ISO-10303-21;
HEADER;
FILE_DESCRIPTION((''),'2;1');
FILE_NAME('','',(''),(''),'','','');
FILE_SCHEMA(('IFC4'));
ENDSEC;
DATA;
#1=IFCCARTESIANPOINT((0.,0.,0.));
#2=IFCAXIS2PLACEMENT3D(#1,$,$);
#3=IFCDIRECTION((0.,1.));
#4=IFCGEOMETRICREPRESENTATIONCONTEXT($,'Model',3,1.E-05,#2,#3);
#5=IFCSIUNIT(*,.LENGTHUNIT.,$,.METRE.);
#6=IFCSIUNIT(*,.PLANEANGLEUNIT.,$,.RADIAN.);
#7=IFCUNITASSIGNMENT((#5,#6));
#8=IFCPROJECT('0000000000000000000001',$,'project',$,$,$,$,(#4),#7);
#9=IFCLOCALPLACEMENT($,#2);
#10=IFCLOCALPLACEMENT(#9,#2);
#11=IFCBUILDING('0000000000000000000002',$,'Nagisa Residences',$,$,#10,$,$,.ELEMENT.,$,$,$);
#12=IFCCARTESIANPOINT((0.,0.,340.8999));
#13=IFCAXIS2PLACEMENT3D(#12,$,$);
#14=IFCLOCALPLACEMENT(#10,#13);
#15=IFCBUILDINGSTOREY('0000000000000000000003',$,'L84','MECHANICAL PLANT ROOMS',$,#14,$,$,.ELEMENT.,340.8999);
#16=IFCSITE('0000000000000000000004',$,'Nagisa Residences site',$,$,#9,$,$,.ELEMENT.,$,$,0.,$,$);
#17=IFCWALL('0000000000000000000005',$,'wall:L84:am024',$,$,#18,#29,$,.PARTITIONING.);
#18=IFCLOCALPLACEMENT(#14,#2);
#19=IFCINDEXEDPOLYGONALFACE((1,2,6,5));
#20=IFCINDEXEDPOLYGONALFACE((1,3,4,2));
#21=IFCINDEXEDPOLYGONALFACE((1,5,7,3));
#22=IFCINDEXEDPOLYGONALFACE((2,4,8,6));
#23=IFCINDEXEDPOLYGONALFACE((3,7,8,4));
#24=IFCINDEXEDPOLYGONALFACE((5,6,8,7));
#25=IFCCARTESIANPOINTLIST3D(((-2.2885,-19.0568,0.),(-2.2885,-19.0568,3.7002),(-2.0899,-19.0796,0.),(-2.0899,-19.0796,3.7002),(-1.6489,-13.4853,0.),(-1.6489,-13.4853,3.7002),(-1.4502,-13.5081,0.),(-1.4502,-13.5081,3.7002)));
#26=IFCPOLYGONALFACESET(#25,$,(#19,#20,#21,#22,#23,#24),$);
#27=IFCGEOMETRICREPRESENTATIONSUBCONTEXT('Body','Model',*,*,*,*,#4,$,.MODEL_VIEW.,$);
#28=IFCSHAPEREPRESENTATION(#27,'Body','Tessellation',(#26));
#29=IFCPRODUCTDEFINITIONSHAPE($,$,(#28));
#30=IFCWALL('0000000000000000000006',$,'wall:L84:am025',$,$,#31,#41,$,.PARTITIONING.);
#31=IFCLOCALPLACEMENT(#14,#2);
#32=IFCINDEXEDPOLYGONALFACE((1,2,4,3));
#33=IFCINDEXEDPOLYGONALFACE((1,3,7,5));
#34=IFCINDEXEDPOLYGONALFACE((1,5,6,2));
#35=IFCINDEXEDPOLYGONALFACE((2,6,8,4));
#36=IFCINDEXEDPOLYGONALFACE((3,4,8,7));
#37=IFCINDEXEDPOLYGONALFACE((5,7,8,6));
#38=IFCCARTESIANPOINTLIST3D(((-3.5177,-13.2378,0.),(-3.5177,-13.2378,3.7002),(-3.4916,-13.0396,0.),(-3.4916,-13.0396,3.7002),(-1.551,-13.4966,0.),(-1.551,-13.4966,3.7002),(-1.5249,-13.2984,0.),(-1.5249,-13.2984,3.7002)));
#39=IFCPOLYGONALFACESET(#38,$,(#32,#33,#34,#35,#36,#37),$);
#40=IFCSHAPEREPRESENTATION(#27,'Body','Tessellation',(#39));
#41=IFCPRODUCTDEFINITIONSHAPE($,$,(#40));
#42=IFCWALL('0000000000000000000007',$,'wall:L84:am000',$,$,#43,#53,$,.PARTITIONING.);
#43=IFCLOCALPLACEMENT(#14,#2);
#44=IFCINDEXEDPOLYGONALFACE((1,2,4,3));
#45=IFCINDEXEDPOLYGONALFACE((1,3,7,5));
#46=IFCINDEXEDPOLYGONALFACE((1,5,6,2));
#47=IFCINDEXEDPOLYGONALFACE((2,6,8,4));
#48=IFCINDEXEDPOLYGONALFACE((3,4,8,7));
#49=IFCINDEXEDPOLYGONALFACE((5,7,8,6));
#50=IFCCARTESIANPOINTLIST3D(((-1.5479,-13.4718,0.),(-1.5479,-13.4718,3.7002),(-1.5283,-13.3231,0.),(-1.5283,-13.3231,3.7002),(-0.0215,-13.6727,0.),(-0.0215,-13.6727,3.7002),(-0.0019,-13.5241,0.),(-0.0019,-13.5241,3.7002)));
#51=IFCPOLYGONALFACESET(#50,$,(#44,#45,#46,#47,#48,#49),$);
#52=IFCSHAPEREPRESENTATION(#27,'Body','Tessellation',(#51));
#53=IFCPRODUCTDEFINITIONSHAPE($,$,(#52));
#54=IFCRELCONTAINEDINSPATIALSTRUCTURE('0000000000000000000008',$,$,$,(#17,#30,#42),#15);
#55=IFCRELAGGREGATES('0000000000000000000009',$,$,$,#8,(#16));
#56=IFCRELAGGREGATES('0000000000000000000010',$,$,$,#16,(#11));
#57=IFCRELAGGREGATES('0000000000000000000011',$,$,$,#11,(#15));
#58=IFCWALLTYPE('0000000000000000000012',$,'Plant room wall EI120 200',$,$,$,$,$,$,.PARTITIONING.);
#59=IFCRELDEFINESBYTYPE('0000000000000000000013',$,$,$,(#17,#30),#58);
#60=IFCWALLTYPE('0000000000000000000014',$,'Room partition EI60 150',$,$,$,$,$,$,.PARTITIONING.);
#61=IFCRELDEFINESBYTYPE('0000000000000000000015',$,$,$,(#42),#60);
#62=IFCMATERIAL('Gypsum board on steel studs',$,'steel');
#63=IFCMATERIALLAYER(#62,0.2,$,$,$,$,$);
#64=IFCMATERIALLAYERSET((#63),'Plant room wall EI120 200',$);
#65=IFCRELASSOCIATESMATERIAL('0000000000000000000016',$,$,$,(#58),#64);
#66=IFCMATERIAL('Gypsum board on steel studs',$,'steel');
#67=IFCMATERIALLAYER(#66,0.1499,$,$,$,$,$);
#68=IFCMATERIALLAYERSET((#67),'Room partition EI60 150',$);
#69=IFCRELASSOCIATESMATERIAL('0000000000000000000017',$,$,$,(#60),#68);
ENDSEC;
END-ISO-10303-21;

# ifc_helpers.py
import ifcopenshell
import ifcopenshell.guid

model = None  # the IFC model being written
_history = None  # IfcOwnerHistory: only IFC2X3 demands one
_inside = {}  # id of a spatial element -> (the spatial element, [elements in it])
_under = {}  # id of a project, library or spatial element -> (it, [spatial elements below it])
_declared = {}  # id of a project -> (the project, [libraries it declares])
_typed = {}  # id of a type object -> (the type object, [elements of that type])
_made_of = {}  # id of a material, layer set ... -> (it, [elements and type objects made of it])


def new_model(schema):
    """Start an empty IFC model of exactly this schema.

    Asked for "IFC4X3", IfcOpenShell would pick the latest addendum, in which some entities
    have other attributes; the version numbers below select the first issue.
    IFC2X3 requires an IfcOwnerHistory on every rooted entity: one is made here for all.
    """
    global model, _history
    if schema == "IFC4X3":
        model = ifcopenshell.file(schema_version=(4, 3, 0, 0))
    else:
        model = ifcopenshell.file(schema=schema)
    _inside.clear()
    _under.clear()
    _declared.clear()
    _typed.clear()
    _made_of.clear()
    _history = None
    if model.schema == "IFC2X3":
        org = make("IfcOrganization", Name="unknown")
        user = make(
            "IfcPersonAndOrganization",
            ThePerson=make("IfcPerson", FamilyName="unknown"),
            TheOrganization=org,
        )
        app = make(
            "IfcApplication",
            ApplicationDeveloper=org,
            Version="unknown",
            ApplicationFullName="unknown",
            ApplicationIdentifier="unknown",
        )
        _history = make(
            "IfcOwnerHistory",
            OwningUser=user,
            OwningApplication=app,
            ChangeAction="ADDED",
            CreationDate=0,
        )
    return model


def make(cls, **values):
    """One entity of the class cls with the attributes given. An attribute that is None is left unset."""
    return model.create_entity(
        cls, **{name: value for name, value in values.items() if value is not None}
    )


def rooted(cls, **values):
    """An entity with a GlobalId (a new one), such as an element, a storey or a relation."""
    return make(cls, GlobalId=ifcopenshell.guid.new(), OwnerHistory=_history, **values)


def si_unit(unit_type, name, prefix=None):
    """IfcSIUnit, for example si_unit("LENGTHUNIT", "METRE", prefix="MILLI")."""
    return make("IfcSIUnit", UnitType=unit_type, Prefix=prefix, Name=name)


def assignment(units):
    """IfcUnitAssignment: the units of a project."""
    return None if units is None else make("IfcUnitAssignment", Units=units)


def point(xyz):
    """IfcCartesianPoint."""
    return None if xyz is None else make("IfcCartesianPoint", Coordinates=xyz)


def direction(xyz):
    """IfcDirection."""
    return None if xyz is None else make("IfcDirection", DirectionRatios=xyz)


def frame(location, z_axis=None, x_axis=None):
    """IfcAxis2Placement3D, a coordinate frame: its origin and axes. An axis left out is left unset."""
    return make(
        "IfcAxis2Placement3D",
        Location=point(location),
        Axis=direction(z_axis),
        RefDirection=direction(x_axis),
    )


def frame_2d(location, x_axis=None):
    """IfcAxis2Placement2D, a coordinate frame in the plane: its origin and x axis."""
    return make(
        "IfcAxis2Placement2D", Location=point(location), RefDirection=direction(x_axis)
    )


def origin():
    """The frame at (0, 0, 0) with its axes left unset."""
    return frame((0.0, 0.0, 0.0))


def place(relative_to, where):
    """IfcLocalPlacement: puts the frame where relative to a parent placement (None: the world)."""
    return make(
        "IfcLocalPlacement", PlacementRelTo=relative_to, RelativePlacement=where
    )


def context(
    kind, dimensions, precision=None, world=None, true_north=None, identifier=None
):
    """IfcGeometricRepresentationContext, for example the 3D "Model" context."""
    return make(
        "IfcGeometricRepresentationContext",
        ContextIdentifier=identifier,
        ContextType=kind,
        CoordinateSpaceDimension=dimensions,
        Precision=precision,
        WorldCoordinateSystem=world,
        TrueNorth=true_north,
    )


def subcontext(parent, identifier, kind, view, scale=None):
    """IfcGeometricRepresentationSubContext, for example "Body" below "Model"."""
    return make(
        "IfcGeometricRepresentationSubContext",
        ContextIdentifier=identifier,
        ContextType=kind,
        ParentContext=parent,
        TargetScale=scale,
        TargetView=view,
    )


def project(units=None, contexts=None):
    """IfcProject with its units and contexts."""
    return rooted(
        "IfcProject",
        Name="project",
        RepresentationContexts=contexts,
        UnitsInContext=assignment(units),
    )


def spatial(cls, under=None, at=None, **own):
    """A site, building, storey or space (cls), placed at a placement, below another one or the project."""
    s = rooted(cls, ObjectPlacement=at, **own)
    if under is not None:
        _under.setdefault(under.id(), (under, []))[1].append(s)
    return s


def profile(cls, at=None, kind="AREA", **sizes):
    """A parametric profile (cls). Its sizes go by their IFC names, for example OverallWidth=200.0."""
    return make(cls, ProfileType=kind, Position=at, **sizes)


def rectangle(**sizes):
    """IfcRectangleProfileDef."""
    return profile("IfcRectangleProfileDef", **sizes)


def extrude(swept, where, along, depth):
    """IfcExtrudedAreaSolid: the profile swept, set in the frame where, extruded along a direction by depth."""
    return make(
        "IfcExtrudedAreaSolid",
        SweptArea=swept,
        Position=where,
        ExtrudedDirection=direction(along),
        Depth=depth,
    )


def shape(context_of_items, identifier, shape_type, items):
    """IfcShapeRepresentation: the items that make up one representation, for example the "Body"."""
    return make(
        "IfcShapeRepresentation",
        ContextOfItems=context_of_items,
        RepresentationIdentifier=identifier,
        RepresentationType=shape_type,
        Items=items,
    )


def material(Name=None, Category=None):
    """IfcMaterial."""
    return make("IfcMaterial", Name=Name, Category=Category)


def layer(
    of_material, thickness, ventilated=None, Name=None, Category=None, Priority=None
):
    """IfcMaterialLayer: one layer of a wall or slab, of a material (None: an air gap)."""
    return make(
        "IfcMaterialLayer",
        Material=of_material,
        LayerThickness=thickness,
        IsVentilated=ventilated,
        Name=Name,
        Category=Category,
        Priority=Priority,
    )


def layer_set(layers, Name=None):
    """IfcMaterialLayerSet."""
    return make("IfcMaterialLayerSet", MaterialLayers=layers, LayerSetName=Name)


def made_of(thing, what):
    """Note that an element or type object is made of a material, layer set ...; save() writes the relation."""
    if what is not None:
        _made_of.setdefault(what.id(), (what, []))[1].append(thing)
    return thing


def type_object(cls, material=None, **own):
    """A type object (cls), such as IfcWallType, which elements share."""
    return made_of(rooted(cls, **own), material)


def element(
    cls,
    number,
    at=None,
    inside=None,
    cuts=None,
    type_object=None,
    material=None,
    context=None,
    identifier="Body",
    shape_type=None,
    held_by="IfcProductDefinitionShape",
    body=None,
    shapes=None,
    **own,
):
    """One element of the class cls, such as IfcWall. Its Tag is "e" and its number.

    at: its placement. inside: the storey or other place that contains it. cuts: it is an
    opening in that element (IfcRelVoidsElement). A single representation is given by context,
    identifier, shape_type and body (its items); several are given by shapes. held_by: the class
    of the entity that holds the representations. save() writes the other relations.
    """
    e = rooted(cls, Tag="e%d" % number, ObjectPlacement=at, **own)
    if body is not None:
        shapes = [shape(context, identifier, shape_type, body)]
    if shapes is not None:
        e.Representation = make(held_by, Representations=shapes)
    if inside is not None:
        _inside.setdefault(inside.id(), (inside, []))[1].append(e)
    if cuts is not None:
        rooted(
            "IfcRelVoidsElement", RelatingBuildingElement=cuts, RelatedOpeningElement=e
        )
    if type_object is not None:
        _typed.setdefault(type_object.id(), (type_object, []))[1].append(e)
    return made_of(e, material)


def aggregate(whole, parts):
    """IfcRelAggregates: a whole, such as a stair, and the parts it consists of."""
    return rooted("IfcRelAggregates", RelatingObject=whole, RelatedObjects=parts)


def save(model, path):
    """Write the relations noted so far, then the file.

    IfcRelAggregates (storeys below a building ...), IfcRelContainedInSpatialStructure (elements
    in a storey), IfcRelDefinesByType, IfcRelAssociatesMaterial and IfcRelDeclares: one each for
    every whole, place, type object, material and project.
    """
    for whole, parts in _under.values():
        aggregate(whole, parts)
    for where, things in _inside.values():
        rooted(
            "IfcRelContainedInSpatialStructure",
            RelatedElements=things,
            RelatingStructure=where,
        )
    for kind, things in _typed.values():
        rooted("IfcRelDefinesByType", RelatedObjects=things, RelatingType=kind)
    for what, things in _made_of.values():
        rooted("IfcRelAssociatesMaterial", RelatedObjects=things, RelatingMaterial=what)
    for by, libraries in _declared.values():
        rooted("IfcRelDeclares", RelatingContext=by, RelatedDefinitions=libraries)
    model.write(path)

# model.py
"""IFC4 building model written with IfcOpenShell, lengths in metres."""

from ifc_helpers import new_model, si_unit, direction, frame, frame_2d, origin, place, context, subcontext, project, spatial, rectangle, extrude, material, layer, layer_set, type_object, element, save


model = new_model("IFC4")

# Units and contexts
model_context = context("Model", 3, precision=1e-05, world=origin(), true_north=direction((0.0, 1.0)))
body_context = subcontext(model_context, "Body", "Model", "MODEL_VIEW")
ifc_project = project(units=[si_unit("LENGTHUNIT", "METRE"), si_unit("PLANEANGLEUNIT", "RADIAN")], contexts=[model_context])

# Site, building, storey
site_placement = place(None, origin())
site = spatial("IfcSite", under=ifc_project, at=site_placement, Name="Nagisa Residences site", CompositionType="ELEMENT", RefElevation=0.0)
building_placement = place(site_placement, origin())
building = spatial("IfcBuilding", under=site, at=building_placement, Name="Nagisa Residences", CompositionType="ELEMENT")
storey_placement = place(building_placement, frame((0.0, 0.0, 340.8999)))
storey = spatial("IfcBuildingStorey", under=building, at=storey_placement, Name="L84", Description="MECHANICAL PLANT ROOMS", CompositionType="ELEMENT", Elevation=340.8999)

# Shared definitions
ifc_material_1 = material(Name="Gypsum board on steel studs", Category="steel")
ifc_layer_1 = layer(ifc_material_1, 0.2)
ifc_layer_set_1 = layer_set([ifc_layer_1], Name="Plant room wall EI120 200")
wall_type_1 = type_object("IfcWallType", Name="Plant room wall EI120 200", PredefinedType="PARTITIONING", material=ifc_layer_set_1)

# Walls
wall_1_placement = place(storey_placement, frame((-2.1892, -19.0684, 0.0), z_axis=(0.0, 0.0, 1.0), x_axis=(0.114057, 0.993474, 0.0)))
element("IfcWall", 1, at=wall_1_placement, inside=storey, type_object=wall_type_1, Name="wall:L84:am024", PredefinedType="PARTITIONING", context=body_context, shape_type="SweptSolid", body=[
    extrude(rectangle(XDim=5.6082, YDim=0.2, at=frame_2d((2.8042, 0.0))), origin(), (0.0, 0.0, 1.0), 3.7002),
])
wall_2_placement = place(storey_placement, frame((-1.5381, -13.3975, 0.0), z_axis=(0.0, 0.0, 1.0), x_axis=(-0.991454, 0.130455, 0.0)))
element("IfcWall", 2, at=wall_2_placement, inside=storey, type_object=wall_type_1, Name="wall:L84:am025", PredefinedType="PARTITIONING", context=body_context, shape_type="SweptSolid", body=[
    extrude(rectangle(XDim=1.9836, YDim=0.2, at=frame_2d((0.9917, 0.0))), origin(), (0.0, 0.0, 1.0), 3.7002),
])
ifc_material_2 = material(Name="Gypsum board on steel studs", Category="steel")
ifc_layer_2 = layer(ifc_material_2, 0.1499)
ifc_layer_set_2 = layer_set([ifc_layer_2], Name="Room partition EI60 150")
wall_type_2 = type_object("IfcWallType", Name="Room partition EI60 150", PredefinedType="PARTITIONING", material=ifc_layer_set_2)
wall_3_placement = place(storey_placement, frame((-0.0117, -13.5984, 0.0), z_axis=(0.0, 0.0, 1.0), x_axis=(-0.991447, 0.130512, 0.0)))
element("IfcWall", 3, at=wall_3_placement, inside=storey, type_object=wall_type_2, Name="wall:L84:am000", PredefinedType="PARTITIONING", context=body_context, shape_type="SweptSolid", body=[
    extrude(rectangle(XDim=1.5396, YDim=0.1499, at=frame_2d((0.7698, 0.0))), origin(), (0.0, 0.0, 1.0), 3.7002),
])

save(model, "model.ifc")
